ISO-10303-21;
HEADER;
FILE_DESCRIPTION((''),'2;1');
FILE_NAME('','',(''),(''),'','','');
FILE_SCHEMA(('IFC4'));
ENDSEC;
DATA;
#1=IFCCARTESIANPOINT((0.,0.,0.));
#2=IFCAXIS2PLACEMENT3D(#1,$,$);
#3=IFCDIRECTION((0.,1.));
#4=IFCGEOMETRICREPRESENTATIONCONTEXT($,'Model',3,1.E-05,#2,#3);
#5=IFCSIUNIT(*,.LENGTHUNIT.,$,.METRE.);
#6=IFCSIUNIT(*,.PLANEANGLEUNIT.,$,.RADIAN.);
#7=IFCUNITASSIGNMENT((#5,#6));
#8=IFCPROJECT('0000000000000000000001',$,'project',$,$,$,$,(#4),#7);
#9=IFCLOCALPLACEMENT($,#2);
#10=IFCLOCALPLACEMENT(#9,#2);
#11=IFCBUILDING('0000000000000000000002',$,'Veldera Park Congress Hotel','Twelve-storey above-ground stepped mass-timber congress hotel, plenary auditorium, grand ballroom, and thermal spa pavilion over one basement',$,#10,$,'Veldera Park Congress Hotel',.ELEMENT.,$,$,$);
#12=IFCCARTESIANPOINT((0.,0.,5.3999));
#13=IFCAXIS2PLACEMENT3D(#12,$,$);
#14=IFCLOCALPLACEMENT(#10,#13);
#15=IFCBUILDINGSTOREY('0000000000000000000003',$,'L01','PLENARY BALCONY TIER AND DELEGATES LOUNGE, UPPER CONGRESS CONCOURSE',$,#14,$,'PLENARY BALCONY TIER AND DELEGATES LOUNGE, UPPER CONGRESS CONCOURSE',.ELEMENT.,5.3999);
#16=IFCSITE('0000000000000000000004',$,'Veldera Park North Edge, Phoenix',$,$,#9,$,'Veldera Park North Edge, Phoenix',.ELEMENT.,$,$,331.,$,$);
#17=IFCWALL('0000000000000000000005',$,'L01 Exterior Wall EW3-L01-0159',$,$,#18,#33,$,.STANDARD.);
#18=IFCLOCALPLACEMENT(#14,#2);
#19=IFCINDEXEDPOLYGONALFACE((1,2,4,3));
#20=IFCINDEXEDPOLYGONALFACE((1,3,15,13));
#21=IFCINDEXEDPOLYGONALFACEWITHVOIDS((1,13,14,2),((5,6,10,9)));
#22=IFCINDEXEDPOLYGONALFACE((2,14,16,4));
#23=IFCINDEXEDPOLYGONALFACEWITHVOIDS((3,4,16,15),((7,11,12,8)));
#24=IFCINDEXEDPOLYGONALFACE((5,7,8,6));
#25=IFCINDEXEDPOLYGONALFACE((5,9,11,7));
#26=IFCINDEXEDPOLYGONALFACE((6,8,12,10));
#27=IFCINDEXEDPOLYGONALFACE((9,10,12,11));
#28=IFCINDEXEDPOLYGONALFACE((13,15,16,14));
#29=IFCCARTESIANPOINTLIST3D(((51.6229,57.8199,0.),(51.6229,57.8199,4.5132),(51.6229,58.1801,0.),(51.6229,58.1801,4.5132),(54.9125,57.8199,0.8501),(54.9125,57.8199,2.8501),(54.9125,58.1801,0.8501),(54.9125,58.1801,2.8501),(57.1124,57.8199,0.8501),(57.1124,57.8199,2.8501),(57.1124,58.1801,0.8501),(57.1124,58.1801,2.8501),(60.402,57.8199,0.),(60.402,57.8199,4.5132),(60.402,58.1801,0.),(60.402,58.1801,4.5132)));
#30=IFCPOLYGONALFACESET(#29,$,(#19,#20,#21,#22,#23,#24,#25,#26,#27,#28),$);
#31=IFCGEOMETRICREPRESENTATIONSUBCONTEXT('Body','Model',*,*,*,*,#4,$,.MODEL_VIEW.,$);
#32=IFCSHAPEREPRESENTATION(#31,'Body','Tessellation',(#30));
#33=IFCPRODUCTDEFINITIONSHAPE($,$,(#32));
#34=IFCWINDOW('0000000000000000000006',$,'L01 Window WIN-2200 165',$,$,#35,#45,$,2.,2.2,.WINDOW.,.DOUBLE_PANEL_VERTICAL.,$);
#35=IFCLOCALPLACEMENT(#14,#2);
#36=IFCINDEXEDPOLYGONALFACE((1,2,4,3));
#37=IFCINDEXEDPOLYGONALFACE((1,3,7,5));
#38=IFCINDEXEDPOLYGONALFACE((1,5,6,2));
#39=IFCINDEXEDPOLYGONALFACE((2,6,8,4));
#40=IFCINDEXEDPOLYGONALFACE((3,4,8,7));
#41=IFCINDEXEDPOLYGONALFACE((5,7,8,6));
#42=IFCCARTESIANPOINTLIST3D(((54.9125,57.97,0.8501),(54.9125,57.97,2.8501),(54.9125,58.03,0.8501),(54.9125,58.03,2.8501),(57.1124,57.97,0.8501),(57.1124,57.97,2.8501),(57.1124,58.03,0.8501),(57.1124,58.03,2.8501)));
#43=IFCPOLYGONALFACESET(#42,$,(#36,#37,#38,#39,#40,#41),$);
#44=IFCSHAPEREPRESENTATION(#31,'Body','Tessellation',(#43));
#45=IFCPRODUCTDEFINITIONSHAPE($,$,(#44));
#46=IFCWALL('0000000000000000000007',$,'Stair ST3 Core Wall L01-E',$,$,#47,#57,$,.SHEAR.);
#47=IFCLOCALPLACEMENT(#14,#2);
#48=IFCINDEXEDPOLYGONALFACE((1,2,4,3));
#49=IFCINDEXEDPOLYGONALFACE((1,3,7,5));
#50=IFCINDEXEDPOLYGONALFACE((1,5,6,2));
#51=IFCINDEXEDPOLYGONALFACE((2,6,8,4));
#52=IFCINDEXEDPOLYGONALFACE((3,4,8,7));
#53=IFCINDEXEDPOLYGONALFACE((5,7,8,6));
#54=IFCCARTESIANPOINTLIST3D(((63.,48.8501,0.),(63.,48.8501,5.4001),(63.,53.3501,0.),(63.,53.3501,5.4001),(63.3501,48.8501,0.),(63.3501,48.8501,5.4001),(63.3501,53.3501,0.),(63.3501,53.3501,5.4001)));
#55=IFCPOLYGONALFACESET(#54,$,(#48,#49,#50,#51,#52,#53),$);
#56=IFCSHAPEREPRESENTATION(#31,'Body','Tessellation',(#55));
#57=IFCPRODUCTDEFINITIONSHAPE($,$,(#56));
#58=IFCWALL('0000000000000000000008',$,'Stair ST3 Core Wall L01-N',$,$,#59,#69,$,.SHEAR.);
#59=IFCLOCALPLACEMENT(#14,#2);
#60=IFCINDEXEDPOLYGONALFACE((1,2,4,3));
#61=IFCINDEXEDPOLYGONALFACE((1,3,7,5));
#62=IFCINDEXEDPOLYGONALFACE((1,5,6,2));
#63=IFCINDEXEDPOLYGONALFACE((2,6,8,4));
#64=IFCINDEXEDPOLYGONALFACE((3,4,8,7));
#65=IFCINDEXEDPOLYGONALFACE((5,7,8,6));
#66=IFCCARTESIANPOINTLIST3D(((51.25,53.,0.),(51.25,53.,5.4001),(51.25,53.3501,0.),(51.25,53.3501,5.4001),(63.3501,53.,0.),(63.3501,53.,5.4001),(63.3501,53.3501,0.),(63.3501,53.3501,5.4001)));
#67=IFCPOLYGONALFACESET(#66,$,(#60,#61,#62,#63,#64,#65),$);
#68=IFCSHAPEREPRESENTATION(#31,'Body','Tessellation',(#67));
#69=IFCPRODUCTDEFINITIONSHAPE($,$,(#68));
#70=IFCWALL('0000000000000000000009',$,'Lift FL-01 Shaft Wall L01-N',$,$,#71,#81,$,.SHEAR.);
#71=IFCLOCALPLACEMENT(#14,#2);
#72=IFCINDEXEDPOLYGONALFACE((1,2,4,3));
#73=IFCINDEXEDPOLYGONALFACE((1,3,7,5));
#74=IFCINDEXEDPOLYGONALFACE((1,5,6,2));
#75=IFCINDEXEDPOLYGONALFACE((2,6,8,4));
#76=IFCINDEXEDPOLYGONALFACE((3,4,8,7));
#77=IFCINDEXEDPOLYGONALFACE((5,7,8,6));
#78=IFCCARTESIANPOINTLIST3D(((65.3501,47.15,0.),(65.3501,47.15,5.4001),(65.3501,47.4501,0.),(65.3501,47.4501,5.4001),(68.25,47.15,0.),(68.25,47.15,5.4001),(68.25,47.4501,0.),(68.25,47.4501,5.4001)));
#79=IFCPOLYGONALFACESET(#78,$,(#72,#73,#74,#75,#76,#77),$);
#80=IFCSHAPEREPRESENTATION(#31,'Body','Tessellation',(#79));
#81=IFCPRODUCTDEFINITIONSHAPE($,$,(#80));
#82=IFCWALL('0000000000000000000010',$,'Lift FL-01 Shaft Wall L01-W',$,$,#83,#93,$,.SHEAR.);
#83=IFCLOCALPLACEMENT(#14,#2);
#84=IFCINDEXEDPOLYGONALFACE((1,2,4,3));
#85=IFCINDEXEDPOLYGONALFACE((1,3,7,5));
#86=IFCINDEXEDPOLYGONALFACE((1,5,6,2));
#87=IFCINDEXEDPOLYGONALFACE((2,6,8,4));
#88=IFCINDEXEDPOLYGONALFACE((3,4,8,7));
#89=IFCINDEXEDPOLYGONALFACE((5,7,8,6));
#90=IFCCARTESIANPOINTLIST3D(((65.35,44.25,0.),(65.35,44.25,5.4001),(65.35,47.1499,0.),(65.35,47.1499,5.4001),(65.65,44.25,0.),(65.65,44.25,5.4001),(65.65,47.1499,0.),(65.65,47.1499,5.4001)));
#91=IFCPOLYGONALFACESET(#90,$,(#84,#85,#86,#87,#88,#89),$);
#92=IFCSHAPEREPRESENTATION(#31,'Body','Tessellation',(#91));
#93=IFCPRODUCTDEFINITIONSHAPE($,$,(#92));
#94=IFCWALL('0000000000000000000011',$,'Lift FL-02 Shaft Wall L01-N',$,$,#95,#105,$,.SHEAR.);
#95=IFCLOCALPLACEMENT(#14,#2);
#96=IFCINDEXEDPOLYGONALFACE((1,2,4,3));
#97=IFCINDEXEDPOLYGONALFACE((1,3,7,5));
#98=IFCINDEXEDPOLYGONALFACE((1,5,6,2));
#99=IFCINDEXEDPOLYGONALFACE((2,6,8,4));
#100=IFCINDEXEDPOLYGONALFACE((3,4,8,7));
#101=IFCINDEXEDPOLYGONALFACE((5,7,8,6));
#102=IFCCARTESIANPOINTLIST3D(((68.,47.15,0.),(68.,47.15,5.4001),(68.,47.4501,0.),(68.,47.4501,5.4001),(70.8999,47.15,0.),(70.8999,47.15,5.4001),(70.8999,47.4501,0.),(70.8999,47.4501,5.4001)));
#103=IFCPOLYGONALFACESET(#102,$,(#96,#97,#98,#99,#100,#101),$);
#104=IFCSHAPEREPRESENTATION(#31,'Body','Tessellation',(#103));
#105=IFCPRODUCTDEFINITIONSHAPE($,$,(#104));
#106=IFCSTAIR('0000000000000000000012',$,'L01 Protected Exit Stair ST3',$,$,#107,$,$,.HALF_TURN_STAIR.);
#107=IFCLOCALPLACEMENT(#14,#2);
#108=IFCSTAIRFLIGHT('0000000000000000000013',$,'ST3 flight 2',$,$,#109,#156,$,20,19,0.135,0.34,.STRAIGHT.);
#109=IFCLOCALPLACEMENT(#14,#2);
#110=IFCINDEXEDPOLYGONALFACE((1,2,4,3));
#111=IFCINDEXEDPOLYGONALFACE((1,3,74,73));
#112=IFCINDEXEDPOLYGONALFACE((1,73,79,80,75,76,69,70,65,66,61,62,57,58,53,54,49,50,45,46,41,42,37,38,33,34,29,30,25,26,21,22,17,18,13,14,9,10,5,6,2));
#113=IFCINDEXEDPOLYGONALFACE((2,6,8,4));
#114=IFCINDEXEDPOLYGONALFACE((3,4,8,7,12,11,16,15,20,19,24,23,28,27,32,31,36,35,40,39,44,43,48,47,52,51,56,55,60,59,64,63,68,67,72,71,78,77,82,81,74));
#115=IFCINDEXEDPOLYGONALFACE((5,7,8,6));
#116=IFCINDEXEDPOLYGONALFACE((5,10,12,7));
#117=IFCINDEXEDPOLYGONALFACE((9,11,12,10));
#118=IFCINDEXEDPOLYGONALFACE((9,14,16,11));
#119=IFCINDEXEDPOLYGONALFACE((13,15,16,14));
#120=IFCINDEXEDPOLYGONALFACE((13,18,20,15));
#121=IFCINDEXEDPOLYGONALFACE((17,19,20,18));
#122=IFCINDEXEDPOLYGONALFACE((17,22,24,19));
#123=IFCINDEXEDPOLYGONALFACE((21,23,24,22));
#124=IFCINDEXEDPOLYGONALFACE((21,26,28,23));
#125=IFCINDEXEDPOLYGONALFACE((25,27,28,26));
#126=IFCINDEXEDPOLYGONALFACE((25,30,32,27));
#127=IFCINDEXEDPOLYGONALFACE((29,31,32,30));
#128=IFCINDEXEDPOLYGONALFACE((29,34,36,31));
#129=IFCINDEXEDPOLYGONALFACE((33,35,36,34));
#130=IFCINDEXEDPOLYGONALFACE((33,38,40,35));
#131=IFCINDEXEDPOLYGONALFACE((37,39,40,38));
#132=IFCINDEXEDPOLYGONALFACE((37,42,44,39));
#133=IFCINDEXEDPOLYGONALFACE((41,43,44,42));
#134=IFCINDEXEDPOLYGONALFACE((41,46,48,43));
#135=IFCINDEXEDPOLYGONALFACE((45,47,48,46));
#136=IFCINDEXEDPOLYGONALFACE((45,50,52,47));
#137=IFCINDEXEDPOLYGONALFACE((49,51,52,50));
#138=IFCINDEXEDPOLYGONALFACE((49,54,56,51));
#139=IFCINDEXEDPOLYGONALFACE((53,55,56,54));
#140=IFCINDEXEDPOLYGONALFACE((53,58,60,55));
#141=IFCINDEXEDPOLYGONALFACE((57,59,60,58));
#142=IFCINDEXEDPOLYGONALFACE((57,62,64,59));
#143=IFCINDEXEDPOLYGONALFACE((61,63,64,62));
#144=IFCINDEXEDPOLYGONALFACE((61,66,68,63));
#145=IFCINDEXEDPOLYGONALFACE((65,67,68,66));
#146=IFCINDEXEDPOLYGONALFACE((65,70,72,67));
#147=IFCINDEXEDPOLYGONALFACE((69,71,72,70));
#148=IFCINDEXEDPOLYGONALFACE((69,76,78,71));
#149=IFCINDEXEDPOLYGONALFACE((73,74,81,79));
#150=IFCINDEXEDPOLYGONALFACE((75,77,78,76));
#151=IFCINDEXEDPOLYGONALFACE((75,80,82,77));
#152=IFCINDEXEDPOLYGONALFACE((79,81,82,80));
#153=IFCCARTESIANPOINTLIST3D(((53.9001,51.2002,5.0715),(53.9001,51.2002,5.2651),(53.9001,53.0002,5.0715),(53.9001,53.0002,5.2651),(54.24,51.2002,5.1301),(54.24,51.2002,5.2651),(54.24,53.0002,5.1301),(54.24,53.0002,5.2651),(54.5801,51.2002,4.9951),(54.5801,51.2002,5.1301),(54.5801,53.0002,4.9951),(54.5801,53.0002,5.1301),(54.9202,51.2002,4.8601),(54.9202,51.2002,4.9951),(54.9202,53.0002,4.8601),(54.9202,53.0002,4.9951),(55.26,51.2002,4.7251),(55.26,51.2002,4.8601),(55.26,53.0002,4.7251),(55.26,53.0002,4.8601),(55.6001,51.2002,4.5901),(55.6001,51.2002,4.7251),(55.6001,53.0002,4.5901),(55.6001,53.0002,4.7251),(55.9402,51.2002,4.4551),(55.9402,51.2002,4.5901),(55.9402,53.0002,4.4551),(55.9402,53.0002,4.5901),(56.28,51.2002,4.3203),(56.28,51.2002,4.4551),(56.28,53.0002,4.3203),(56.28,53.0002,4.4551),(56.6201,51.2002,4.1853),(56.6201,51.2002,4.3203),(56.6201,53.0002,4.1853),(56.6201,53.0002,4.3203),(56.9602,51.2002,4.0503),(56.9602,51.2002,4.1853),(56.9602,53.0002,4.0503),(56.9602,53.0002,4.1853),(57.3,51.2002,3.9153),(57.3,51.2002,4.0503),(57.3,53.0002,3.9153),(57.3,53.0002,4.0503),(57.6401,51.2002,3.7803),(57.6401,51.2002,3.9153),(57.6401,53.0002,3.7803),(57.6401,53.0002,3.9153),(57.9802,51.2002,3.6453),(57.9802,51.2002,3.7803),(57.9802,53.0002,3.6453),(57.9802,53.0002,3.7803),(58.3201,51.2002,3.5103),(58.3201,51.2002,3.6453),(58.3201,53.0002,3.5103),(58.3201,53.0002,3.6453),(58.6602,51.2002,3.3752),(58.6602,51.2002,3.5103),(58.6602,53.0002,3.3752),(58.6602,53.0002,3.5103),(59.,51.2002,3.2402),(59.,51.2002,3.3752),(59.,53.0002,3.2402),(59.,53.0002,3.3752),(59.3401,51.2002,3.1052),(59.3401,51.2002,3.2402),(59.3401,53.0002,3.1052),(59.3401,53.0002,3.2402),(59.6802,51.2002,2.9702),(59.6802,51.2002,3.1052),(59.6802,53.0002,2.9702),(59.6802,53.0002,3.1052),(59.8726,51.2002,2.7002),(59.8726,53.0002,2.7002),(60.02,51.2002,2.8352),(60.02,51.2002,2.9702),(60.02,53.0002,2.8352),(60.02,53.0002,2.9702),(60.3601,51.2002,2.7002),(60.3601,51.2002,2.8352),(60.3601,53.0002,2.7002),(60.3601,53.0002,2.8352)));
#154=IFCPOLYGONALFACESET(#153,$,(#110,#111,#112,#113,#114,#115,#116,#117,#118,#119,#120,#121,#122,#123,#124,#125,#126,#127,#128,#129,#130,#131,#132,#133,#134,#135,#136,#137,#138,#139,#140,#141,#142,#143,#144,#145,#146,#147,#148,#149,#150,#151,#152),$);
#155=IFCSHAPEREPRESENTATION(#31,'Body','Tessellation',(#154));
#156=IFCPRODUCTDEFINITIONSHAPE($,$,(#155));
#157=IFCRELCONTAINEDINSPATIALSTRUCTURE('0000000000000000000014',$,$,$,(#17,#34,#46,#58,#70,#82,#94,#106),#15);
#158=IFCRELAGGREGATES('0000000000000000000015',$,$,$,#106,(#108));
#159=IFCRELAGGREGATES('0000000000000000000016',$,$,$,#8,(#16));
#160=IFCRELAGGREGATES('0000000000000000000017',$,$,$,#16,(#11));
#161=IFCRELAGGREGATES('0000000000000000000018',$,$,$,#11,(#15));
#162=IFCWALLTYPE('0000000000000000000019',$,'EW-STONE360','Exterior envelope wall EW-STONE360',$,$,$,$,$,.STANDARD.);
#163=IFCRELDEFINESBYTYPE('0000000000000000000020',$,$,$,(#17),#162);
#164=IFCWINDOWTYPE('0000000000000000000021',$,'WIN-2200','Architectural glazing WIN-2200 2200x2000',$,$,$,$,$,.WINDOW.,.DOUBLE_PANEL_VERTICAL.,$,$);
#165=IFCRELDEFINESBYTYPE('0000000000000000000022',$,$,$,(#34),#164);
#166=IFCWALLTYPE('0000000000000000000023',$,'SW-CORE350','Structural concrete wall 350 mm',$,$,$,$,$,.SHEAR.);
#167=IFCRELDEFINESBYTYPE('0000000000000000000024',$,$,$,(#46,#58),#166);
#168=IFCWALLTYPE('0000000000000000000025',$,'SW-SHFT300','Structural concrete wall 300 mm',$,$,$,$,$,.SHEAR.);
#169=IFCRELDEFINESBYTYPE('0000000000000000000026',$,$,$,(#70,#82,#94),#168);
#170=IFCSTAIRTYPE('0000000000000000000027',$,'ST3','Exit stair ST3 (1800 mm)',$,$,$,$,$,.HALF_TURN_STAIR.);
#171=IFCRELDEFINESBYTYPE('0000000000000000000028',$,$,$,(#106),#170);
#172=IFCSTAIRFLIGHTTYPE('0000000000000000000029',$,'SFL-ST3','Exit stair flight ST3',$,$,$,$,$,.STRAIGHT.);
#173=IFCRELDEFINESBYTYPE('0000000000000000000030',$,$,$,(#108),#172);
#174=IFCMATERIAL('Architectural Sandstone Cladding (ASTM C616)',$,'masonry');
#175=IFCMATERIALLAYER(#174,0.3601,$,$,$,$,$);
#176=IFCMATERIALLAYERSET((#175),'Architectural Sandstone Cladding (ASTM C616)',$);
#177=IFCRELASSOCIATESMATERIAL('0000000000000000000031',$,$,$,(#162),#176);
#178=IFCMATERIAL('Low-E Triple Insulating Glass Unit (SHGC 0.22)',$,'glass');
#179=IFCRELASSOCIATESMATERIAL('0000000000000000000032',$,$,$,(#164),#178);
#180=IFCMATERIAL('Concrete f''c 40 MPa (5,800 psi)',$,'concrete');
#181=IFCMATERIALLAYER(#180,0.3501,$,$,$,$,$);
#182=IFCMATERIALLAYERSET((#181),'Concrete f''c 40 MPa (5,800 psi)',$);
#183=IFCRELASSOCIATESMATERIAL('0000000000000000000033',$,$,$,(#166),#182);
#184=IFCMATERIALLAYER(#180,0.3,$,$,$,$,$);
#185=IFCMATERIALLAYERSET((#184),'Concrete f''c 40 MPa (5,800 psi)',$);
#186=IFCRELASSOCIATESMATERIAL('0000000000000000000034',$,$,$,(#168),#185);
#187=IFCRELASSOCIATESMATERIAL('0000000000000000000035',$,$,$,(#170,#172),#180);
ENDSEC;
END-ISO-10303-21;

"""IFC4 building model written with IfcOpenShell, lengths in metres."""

from ifc_helpers import new_model, si_unit, direction, frame, frame_2d, origin, place, context, subcontext, project, spatial, polyline, rectangle, outline, extrude, material, layer, layer_set, type_object, element, fill, aggregate, save


model = new_model("IFC4")

# Units and contexts
model_context = context("Model", 3, precision=1e-05, world=origin(), true_north=direction((0.0, 1.0)))
body_context = subcontext(model_context, "Body", "Model", "MODEL_VIEW")
ifc_project = project(units=[si_unit("LENGTHUNIT", "METRE"), si_unit("PLANEANGLEUNIT", "RADIAN")], contexts=[model_context])

# Site, building, storey
site_placement = place(None, origin())
site = spatial("IfcSite", under=ifc_project, at=site_placement, Name="Veldera Park North Edge, Phoenix", LongName="Veldera Park North Edge, Phoenix", CompositionType="ELEMENT", RefElevation=331.0)
building_placement = place(site_placement, origin())
building = spatial("IfcBuilding", under=site, at=building_placement, Name="Veldera Park Congress Hotel", Description="Twelve-storey above-ground stepped mass-timber congress hotel, plenary auditorium, grand ballroom, and thermal spa pavilion over one basement", LongName="Veldera Park Congress Hotel", CompositionType="ELEMENT")
storey_placement = place(building_placement, frame((0.0, 0.0, 5.3999)))
storey = spatial("IfcBuildingStorey", under=building, at=storey_placement, Name="L01", Description="PLENARY BALCONY TIER AND DELEGATES LOUNGE, UPPER CONGRESS CONCOURSE", LongName="PLENARY BALCONY TIER AND DELEGATES LOUNGE, UPPER CONGRESS CONCOURSE", CompositionType="ELEMENT", Elevation=5.3999)

# Shared definitions
ifc_material_1 = material(Name="Concrete f'c 40 MPa (5,800 psi)", Category="concrete")

# Wall, opening, window
ifc_material_2 = material(Name="Architectural Sandstone Cladding (ASTM C616)", Category="masonry")
ifc_layer_1 = layer(ifc_material_2, 0.3601)
ifc_layer_set_1 = layer_set([ifc_layer_1], Name="Architectural Sandstone Cladding (ASTM C616)")
wall_type_1 = type_object("IfcWallType", Name="EW-STONE360", Description="Exterior envelope wall EW-STONE360", PredefinedType="STANDARD", material=ifc_layer_set_1)
ifc_material_3 = material(Name="Low-E Triple Insulating Glass Unit (SHGC 0.22)", Category="glass")
window_type = type_object("IfcWindowType", Name="WIN-2200", Description="Architectural glazing WIN-2200 2200x2000", PartitioningType="DOUBLE_PANEL_VERTICAL", PredefinedType="WINDOW", material=ifc_material_3)
wall_1_placement = place(storey_placement, frame((60.4021, 58.0, 0.0), z_axis=(0.0, 0.0, 1.0), x_axis=(-1.0, 0.0, 0.0)))
wall_1 = element("IfcWall", 1, at=wall_1_placement, inside=storey, type_object=wall_type_1, Name="L01 Exterior Wall EW3-L01-0159", PredefinedType="STANDARD", context=body_context, shape_type="SweptSolid", body=[
    extrude(rectangle(XDim=8.7791, YDim=0.3601, at=frame_2d((4.3896, 0.0))), origin(), (0.0, 0.0, 1.0), 4.5132),
])
opening_1_placement = place(wall_1_placement, frame((3.2896, 0.0, 0.8501)))
opening_1 = element("IfcOpeningElement", 2, at=opening_1_placement, cuts=wall_1, PredefinedType="OPENING", context=body_context, shape_type="SweptSolid", body=[
    extrude(rectangle(XDim=2.2, YDim=2.0, at=frame_2d((1.1001, 1.0))), frame((0.0, 0.1921, 0.0), z_axis=(0.0, -1.0, 0.0), x_axis=(1.0, 0.0, 0.0)), (0.0, 0.0, 1.0), 0.384),
])
window_1_placement = place(opening_1_placement, origin())
window_1 = element("IfcWindow", 3, at=window_1_placement, inside=storey, type_object=window_type, Name="L01 Window WIN-2200 165", OverallHeight=2.0, OverallWidth=2.2, PartitioningType="DOUBLE_PANEL_VERTICAL", PredefinedType="WINDOW", context=body_context, shape_type="SweptSolid", body=[
    extrude(rectangle(XDim=2.2, YDim=2.0, at=frame_2d((1.1001, 1.0))), frame((0.0, 0.03, 0.0), z_axis=(0.0, -1.0, 0.0), x_axis=(1.0, 0.0, 0.0)), (0.0, 0.0, 1.0), 0.0601),
])
fill(opening_1, window_1)

# Walls
ifc_layer_2 = layer(ifc_material_1, 0.3501)
ifc_layer_set_2 = layer_set([ifc_layer_2], Name="Concrete f'c 40 MPa (5,800 psi)")
wall_type_2 = type_object("IfcWallType", Name="SW-CORE350", Description="Structural concrete wall 350 mm", PredefinedType="SHEAR", material=ifc_layer_set_2)
wall_2_placement = place(storey_placement, frame((63.175, 48.8501, 0.0), z_axis=(0.0, 0.0, 1.0), x_axis=(0.0, 1.0, 0.0)))
element("IfcWall", 4, at=wall_2_placement, inside=storey, type_object=wall_type_2, Name="Stair ST3 Core Wall L01-E", PredefinedType="SHEAR", context=body_context, shape_type="SweptSolid", body=[
    extrude(rectangle(XDim=4.5, YDim=0.3501, at=frame_2d((2.25, 0.0))), origin(), (0.0, 0.0, 1.0), 5.4001),
])
wall_3_placement = place(storey_placement, frame((63.3501, 53.175, 0.0), z_axis=(0.0, 0.0, 1.0), x_axis=(-1.0, 0.0, 0.0)))
element("IfcWall", 5, at=wall_3_placement, inside=storey, type_object=wall_type_2, Name="Stair ST3 Core Wall L01-N", PredefinedType="SHEAR", context=body_context, shape_type="SweptSolid", body=[
    extrude(rectangle(XDim=12.1001, YDim=0.3501, at=frame_2d((6.05, 0.0))), origin(), (0.0, 0.0, 1.0), 5.4001),
])
ifc_layer_3 = layer(ifc_material_1, 0.3)
ifc_layer_set_3 = layer_set([ifc_layer_3], Name="Concrete f'c 40 MPa (5,800 psi)")
wall_type_3 = type_object("IfcWallType", Name="SW-SHFT300", Description="Structural concrete wall 300 mm", PredefinedType="SHEAR", material=ifc_layer_set_3)
for number, where, z_axis, x_axis, name in (
    (6, (68.25, 47.3, 0.0), (0.0, 0.0, 1.0), (-1.0, 0.0, 0.0), "Lift FL-01 Shaft Wall L01-N"),
    (7, (65.5, 47.1499, 0.0), (0.0, 0.0, 1.0), (0.0, -1.0, 0.0), "Lift FL-01 Shaft Wall L01-W"),
    (8, (70.8999, 47.3, 0.0), (0.0, 0.0, 1.0), (-1.0, 0.0, 0.0), "Lift FL-02 Shaft Wall L01-N"),
):
    element("IfcWall", number, at=place(storey_placement, frame(where, z_axis=z_axis, x_axis=x_axis)), inside=storey, type_object=wall_type_3, Name=name, PredefinedType="SHEAR", context=body_context, shape_type="SweptSolid", body=[
        extrude(rectangle(XDim=2.8999, YDim=0.3, at=frame_2d((1.45, 0.0))), origin(), (0.0, 0.0, 1.0), 5.4001),
    ])

# Stair, stair flight
stair_type = type_object("IfcStairType", Name="ST3", Description="Exit stair ST3 (1800 mm)", PredefinedType="HALF_TURN_STAIR", material=ifc_material_1)
stair_placement = place(storey_placement, origin())
stair = element("IfcStair", 9, at=stair_placement, inside=storey, type_object=stair_type, Name="L01 Protected Exit Stair ST3", PredefinedType="HALF_TURN_STAIR")
stair_flight_type = type_object("IfcStairFlightType", Name="SFL-ST3", Description="Exit stair flight ST3", PredefinedType="STRAIGHT", material=ifc_material_1)
stair_flight_placement = place(storey_placement, frame((60.3601, 52.1001, 2.7002), z_axis=(0.0, 0.0, 1.0), x_axis=(-1.0, 0.0, 0.0)))
stair_flight = element("IfcStairFlight", 10, at=stair_flight_placement, type_object=stair_flight_type, Name="ST3 flight 2", NumberOfRisers=20, NumberOfTreads=19, PredefinedType="STRAIGHT", RiserHeight=0.135, TreadLength=0.34, context=body_context, shape_type="SweptSolid", body=[
    extrude(outline(polyline([(0.0, 0.0), (0.0, 0.135), (0.3401, 0.135), (0.3401, 0.27), (0.6799, 0.27), (0.6799, 0.405), (1.02, 0.405), (1.02, 0.54), (1.3601, 0.54), (1.3601, 0.675), (1.7, 0.675), (1.7, 0.8101), (2.04, 0.8101), (2.04, 0.9451), (2.3799, 0.9451), (2.3799, 1.0801), (2.72, 1.0801), (2.72, 1.2151), (3.0601, 1.2151), (3.0601, 1.3501), (3.3999, 1.3501), (3.3999, 1.4851), (3.74, 1.4851), (3.74, 1.6201), (4.0801, 1.6201), (4.0801, 1.7549), (4.4199, 1.7549), (4.4199, 1.8899), (4.76, 1.8899), (4.76, 2.0249), (5.1001, 2.0249), (5.1001, 2.1599), (5.4399, 2.1599), (5.4399, 2.2949), (5.78, 2.2949), (5.78, 2.4299), (6.1201, 2.4299), (6.1201, 2.5649), (6.46, 2.5649), (6.46, 2.7), (6.46, 2.7), (6.46, 2.3713), (0.4875, 0.0), (0.0, 0.0)])), frame((0.0, 0.8999, 0.0), z_axis=(0.0, -1.0, 0.0), x_axis=(1.0, 0.0, 0.0)), (0.0, 0.0, 1.0), 1.8),
])
aggregate(stair, [stair_flight])

save(model, "model.ifc")
